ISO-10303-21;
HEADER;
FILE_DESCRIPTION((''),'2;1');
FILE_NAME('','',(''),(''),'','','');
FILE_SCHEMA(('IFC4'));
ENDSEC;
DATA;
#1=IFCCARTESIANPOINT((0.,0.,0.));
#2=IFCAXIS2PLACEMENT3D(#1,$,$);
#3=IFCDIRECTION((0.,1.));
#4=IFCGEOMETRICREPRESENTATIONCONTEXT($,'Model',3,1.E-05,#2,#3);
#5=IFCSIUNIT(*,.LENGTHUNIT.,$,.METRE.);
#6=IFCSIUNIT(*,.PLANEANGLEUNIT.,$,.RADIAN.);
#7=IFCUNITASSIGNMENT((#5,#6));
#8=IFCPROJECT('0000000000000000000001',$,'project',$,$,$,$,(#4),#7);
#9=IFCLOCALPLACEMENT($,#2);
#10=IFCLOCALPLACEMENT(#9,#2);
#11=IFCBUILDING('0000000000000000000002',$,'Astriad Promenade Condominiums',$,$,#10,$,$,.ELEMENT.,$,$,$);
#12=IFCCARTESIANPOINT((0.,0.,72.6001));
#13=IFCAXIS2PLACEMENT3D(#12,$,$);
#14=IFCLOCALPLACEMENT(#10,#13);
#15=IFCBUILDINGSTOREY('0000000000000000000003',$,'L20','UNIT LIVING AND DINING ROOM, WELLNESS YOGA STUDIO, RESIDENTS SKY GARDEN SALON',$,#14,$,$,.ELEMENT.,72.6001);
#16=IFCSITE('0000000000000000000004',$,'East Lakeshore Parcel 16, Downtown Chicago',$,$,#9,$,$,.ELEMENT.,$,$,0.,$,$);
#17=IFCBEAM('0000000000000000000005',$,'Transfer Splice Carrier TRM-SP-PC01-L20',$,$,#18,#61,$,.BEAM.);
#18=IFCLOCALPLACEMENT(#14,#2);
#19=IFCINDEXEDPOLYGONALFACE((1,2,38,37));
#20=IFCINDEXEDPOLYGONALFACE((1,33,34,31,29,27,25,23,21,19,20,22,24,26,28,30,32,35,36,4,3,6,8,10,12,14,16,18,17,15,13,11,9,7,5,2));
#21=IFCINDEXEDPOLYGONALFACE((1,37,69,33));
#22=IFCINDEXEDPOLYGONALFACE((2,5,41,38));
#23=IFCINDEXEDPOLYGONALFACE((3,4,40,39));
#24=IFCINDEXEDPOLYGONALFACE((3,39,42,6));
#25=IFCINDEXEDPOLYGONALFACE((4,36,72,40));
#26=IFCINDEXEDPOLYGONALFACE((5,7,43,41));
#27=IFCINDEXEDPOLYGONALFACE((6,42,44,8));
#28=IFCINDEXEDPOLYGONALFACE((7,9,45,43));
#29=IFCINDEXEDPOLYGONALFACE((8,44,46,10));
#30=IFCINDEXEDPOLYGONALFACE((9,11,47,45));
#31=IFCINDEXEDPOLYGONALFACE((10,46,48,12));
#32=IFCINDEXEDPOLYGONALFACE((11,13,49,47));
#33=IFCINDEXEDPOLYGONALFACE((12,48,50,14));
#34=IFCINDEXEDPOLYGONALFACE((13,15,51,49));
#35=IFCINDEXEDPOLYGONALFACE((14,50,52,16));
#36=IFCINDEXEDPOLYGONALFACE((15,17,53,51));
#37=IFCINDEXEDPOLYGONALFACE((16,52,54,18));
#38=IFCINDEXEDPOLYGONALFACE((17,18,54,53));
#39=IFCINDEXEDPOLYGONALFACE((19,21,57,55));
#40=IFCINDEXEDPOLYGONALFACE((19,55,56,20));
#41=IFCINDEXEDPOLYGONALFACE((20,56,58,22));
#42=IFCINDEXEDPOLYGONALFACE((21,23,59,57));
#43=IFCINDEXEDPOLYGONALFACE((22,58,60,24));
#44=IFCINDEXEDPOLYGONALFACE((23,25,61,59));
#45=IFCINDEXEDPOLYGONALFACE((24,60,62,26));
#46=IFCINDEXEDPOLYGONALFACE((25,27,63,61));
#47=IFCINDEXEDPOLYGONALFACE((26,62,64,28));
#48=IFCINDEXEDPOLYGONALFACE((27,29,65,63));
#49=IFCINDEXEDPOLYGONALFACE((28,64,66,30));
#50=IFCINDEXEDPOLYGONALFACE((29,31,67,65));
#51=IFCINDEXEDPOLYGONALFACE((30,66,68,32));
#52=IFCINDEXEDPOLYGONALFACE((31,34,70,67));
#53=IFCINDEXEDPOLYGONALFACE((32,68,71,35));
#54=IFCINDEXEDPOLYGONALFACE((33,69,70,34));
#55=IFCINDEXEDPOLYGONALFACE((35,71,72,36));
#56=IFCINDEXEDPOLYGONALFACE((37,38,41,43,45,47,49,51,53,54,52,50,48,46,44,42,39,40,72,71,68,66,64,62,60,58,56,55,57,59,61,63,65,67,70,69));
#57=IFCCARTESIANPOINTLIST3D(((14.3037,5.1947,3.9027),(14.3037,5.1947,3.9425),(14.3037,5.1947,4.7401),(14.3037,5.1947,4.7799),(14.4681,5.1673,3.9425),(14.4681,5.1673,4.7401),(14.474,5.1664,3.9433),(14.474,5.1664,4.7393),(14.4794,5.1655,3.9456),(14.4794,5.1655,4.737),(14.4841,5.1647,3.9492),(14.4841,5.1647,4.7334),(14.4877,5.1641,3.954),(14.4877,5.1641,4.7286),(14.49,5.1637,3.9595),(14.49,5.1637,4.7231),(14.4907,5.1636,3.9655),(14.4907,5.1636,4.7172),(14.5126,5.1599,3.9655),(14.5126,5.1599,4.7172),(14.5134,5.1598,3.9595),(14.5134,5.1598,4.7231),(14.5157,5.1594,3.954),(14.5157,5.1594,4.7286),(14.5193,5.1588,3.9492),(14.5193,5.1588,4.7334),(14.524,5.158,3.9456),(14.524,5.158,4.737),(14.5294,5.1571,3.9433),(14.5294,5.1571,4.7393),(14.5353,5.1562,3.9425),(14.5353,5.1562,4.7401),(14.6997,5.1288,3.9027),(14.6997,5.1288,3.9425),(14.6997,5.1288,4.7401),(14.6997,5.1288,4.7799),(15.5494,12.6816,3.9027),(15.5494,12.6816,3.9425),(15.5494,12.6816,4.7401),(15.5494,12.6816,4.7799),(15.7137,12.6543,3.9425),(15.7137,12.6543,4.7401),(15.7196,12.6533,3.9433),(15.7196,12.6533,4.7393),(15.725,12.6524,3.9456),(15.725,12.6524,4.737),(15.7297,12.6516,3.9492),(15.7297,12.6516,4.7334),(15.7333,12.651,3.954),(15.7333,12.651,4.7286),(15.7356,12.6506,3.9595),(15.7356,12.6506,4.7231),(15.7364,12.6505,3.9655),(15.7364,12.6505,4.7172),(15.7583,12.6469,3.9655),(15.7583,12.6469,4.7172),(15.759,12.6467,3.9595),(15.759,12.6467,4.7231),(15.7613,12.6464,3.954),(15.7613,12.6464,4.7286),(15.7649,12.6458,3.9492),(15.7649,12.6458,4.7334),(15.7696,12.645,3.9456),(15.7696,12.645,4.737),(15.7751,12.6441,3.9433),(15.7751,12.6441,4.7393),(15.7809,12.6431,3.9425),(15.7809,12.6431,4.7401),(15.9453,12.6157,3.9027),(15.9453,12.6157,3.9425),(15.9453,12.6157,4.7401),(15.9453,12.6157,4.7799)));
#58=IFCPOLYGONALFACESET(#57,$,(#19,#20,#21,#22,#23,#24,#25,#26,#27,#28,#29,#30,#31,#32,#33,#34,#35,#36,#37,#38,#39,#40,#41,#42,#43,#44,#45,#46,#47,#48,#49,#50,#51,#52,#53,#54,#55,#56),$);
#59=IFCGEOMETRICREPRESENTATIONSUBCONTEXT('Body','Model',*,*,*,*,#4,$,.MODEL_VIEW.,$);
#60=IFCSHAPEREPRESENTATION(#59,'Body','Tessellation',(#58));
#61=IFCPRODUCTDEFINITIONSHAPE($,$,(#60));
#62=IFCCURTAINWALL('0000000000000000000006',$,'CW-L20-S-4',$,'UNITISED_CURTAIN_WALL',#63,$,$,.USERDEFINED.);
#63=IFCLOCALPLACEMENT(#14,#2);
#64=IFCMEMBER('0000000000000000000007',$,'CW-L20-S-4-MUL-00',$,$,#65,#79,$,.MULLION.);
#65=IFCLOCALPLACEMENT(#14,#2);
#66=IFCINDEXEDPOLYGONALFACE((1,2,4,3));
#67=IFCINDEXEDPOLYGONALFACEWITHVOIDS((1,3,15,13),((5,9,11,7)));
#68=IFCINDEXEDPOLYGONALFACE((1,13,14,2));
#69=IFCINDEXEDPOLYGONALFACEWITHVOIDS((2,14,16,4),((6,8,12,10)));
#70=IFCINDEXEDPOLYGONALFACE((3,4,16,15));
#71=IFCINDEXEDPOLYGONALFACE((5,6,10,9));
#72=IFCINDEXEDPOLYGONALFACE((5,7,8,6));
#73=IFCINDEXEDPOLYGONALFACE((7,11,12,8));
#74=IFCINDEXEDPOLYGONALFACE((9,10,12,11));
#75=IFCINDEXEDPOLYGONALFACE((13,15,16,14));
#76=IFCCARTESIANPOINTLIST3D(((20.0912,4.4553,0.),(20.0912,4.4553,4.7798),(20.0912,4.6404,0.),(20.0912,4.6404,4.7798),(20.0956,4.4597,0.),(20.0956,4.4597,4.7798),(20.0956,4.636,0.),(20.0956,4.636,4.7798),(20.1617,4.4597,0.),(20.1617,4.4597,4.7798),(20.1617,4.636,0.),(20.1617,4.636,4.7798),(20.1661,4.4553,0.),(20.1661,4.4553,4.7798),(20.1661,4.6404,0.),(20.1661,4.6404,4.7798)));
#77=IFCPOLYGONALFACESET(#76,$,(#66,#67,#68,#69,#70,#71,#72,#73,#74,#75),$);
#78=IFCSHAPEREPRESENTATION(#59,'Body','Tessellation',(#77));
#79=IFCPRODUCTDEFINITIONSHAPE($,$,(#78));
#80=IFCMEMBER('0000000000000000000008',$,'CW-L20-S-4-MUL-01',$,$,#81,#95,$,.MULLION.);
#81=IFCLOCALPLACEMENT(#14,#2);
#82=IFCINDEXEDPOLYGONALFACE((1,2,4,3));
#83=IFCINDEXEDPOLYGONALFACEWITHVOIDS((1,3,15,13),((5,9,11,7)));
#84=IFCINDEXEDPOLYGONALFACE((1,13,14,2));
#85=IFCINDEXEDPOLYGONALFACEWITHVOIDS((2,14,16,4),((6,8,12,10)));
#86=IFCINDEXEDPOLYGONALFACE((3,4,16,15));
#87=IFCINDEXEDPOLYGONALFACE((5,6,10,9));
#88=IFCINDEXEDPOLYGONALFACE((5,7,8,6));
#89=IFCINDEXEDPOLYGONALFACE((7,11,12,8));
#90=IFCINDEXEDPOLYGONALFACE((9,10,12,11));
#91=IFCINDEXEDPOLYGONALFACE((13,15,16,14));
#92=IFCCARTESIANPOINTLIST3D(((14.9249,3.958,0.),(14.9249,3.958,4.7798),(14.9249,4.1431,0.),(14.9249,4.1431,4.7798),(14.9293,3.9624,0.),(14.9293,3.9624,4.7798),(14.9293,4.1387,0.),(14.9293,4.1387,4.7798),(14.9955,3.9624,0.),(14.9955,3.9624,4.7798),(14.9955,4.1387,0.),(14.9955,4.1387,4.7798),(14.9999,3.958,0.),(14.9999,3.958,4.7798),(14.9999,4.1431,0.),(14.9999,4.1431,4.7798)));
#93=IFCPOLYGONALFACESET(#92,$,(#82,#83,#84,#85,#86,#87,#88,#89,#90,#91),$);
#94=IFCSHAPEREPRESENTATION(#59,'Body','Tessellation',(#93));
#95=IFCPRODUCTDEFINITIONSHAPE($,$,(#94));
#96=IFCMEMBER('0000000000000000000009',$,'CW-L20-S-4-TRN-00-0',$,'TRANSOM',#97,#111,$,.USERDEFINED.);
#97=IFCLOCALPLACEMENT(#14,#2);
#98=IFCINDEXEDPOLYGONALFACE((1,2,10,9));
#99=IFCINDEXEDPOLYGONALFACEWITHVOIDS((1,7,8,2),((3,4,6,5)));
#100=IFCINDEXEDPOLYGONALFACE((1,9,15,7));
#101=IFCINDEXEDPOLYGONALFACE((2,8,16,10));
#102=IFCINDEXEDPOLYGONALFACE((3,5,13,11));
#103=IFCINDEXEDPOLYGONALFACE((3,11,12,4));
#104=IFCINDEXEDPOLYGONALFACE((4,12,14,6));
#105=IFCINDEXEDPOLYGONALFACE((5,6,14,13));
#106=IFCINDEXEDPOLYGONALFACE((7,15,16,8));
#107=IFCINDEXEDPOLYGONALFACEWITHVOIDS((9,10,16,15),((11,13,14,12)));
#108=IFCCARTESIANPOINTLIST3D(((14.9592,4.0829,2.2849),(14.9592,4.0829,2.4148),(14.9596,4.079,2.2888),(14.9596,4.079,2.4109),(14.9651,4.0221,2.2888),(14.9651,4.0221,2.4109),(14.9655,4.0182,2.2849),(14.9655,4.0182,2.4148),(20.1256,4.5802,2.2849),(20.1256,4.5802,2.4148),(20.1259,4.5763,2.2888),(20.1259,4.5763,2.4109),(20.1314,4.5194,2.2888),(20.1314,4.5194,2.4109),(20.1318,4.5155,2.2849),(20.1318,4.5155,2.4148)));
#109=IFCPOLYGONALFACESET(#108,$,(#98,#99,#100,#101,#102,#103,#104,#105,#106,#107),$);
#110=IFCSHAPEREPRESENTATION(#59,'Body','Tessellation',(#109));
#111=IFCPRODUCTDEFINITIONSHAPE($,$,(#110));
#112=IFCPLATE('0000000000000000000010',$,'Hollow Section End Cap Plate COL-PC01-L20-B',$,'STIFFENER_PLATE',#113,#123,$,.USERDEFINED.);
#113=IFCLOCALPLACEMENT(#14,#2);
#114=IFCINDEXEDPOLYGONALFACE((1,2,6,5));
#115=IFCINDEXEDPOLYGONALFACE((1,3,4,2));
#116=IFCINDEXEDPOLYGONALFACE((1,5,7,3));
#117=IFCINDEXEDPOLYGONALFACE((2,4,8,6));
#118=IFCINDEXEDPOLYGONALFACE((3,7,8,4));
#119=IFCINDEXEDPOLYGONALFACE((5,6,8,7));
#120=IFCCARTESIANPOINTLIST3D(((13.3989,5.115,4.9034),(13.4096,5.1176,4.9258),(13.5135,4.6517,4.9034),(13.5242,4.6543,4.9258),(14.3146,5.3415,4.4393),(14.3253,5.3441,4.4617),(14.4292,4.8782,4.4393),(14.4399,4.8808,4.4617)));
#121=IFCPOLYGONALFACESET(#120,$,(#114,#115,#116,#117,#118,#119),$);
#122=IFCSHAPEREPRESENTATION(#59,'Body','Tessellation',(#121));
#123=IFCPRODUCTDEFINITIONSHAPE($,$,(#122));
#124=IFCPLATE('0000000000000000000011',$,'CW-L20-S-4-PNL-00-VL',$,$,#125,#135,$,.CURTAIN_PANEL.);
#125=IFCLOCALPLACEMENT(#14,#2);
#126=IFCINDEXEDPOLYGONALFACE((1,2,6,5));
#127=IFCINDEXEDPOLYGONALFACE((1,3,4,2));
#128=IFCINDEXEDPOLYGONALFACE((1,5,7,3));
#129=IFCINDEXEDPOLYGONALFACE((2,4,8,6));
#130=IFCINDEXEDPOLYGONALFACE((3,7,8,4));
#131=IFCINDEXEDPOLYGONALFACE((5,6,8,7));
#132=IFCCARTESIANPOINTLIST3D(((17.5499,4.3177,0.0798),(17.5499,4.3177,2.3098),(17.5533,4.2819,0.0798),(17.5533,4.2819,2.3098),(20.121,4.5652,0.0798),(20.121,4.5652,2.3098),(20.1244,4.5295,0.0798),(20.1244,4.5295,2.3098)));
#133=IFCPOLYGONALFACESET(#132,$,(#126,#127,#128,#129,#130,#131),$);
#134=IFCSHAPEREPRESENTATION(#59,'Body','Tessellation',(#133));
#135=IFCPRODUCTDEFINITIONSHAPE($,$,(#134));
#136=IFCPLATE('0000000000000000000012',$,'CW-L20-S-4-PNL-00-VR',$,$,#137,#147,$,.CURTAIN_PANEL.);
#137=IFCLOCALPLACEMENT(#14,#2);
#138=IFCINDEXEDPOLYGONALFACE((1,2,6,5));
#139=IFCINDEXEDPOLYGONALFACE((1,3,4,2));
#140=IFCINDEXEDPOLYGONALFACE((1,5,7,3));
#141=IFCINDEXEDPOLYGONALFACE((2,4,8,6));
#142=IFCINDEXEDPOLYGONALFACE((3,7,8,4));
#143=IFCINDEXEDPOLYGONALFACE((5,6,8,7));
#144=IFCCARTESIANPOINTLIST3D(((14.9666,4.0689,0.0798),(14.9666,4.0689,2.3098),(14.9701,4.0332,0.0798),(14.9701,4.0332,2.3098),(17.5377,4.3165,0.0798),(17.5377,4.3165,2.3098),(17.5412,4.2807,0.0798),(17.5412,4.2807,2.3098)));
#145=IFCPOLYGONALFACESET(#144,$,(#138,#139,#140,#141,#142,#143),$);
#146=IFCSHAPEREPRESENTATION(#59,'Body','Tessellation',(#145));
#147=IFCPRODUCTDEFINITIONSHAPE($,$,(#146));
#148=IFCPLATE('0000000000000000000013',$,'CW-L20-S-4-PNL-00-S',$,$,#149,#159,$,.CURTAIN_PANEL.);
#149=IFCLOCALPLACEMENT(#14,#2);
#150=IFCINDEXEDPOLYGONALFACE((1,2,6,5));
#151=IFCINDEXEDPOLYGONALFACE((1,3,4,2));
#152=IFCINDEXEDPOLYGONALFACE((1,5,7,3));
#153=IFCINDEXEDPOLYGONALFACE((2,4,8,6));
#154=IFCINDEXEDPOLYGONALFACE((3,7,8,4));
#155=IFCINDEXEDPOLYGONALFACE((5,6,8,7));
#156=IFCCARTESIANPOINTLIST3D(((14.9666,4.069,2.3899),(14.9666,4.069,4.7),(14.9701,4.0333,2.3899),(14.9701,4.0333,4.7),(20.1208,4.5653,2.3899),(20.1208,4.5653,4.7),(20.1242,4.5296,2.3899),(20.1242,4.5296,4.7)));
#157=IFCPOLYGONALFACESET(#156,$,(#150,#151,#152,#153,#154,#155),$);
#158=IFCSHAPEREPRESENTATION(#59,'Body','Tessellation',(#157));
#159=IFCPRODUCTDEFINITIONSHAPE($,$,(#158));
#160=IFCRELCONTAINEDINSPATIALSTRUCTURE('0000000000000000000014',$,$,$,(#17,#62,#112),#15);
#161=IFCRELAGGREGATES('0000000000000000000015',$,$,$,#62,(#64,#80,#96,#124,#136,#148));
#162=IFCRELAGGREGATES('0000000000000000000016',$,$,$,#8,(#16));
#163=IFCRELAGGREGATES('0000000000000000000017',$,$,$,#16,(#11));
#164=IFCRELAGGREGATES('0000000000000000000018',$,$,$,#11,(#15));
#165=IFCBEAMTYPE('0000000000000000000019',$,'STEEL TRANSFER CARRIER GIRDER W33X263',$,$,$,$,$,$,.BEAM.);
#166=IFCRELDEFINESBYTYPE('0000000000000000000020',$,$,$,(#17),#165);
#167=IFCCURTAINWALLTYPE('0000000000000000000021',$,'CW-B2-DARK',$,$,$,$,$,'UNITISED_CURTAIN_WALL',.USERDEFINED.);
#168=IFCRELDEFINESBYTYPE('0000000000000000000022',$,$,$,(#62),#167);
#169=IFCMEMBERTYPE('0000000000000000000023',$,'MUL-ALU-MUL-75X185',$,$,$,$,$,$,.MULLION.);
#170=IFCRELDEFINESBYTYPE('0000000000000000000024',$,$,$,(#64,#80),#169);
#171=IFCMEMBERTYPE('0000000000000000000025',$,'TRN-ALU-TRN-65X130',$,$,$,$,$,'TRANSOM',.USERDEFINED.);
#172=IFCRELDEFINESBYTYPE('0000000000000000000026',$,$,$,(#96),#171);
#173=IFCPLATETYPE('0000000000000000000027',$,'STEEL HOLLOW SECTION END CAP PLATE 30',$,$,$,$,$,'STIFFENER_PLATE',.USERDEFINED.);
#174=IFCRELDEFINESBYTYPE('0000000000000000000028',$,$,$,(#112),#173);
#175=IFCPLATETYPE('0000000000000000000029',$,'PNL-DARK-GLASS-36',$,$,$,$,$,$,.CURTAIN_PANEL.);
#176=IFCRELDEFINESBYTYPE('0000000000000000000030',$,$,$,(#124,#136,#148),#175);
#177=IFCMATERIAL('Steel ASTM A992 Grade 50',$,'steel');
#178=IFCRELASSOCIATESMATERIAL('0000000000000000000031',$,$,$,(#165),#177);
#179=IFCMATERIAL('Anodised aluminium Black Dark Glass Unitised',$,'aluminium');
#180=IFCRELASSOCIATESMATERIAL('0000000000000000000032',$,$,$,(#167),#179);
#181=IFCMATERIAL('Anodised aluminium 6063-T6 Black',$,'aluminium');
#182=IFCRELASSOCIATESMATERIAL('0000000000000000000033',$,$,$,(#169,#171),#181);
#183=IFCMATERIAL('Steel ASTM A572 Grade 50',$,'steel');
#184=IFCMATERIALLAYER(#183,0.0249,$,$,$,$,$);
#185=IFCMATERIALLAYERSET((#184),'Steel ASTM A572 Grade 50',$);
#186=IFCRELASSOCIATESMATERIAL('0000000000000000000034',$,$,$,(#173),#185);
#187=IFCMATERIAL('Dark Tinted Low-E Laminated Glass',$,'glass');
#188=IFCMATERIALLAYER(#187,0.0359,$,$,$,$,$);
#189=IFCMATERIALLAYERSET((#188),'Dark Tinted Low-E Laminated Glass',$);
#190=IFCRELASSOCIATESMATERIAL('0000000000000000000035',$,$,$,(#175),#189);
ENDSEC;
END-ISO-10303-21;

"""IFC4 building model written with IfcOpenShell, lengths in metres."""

from ifc_helpers import new_model, si_unit, direction, frame, origin, origin_2d, place, context, subcontext, project, spatial, rectangle, hollow_rectangle, i_section, extrude, source, transform, mapped, material, layer, layer_set, material_profile, profile_set, type_object, type_shapes, element, aggregate, save


model = new_model("IFC4")

# Units and contexts
model_context = context("Model", 3, precision=1e-05, world=origin(), true_north=direction((0.0, 1.0)))
body_context = subcontext(model_context, "Body", "Model", "MODEL_VIEW")
ifc_project = project(units=[si_unit("LENGTHUNIT", "METRE"), si_unit("PLANEANGLEUNIT", "RADIAN")], contexts=[model_context])

# Site, building, storey
site_placement = place(None, origin())
site = spatial("IfcSite", under=ifc_project, at=site_placement, Name="East Lakeshore Parcel 16, Downtown Chicago", CompositionType="ELEMENT", RefElevation=0.0)
building_placement = place(site_placement, origin())
building = spatial("IfcBuilding", under=site, at=building_placement, Name="Astriad Promenade Condominiums", CompositionType="ELEMENT")
storey_placement = place(building_placement, frame((0.0, 0.0, 72.6001)))
storey = spatial("IfcBuildingStorey", under=building, at=storey_placement, Name="L20", Description="UNIT LIVING AND DINING ROOM, WELLNESS YOGA STUDIO, RESIDENTS SKY GARDEN SALON", CompositionType="ELEMENT", Elevation=72.6001)

# Shared definitions
ifc_material_1 = material(Name="Steel ASTM A992 Grade 50", Category="steel")

# Beam
ifc_material_profile_1 = material_profile(ifc_material_1, i_section(OverallWidth=0.4014, OverallDepth=0.8772, WebThickness=0.0222, FlangeThickness=0.0398, FilletRadius=0.0229, at=origin_2d()), Name="W33X263")
ifc_profile_set_1 = profile_set([ifc_material_profile_1], Name="Steel ASTM A992 Grade 50")
beam_type_1 = type_object("IfcBeamType", Name="STEEL TRANSFER CARRIER GIRDER W33X263", PredefinedType="BEAM", material=ifc_profile_set_1)
shared_shape_1 = source(origin(), body_context, "Body", "SweptSolid", [
    extrude(i_section(OverallWidth=0.4014, OverallDepth=0.8772, WebThickness=0.0222, FlangeThickness=0.0398, FilletRadius=0.0229, at=origin_2d()), origin(), (0.0, 0.0, 1.0), 7.5898),
])
type_shapes(beam_type_1, [shared_shape_1])
beam_1_placement = place(storey_placement, frame((15.7473, 12.6487, 4.3413), z_axis=(-0.164117, -0.986441, 0.0), x_axis=(0.986441, -0.164117, 0.0)))
element("IfcBeam", 1, at=beam_1_placement, inside=storey, type_object=beam_type_1, Name="Transfer Splice Carrier TRM-SP-PC01-L20", PredefinedType="BEAM", context=body_context, shape_type="MappedRepresentation", body=[
    mapped(shared_shape_1, transform((0.0, 0.0, 0.0), scale=1.0)),
])

# Curtain wall, members
ifc_material_2 = material(Name="Anodised aluminium Black Dark Glass Unitised", Category="aluminium")
curtain_wall_type = type_object("IfcCurtainWallType", Name="CW-B2-DARK", ElementType="UNITISED_CURTAIN_WALL", PredefinedType="USERDEFINED", material=ifc_material_2)
curtain_wall_placement = place(storey_placement, origin())
curtain_wall = element("IfcCurtainWall", 2, at=curtain_wall_placement, inside=storey, type_object=curtain_wall_type, Name="CW-L20-S-4", ObjectType="UNITISED_CURTAIN_WALL", PredefinedType="USERDEFINED")
ifc_material_3 = material(Name="Anodised aluminium 6063-T6 Black", Category="aluminium")
ifc_material_profile_2 = material_profile(ifc_material_3, hollow_rectangle(XDim=0.075, YDim=0.1851, WallThickness=0.0044, at=origin_2d()), Name="ALU-MUL-75X185")
ifc_profile_set_2 = profile_set([ifc_material_profile_2], Name="Anodised aluminium 6063-T6 Black")
member_type_1 = type_object("IfcMemberType", Name="MUL-ALU-MUL-75X185", PredefinedType="MULLION", material=ifc_profile_set_2)
shared_shape_2 = source(origin(), body_context, "Body", "SweptSolid", [
    extrude(hollow_rectangle(XDim=0.075, YDim=0.1851, WallThickness=0.0044, at=origin_2d()), origin(), (0.0, 0.0, 1.0), 4.7798),
])
type_shapes(member_type_1, [shared_shape_2])
member_1_placement = place(storey_placement, frame((20.1287, 4.5479, 0.0), z_axis=(0.0, 0.0, 1.0), x_axis=(1.0, 0.0, 0.0)))
member_1 = element("IfcMember", 3, at=member_1_placement, type_object=member_type_1, Name="CW-L20-S-4-MUL-00", PredefinedType="MULLION", context=body_context, shape_type="MappedRepresentation", body=[
    mapped(shared_shape_2, transform((0.0, 0.0, 0.0), scale=1.0)),
])
member_2_placement = place(storey_placement, frame((14.9624, 4.0505, 0.0), z_axis=(0.0, 0.0, 1.0), x_axis=(1.0, 0.0, 0.0)))
member_2 = element("IfcMember", 4, at=member_2_placement, type_object=member_type_1, Name="CW-L20-S-4-MUL-01", PredefinedType="MULLION", context=body_context, shape_type="MappedRepresentation", body=[
    mapped(shared_shape_2, transform((0.0, 0.0, 0.0), scale=1.0)),
])
ifc_material_profile_3 = material_profile(ifc_material_3, hollow_rectangle(XDim=0.0649, YDim=0.1299, WallThickness=0.0039, at=origin_2d()), Name="ALU-TRN-65X130")
ifc_profile_set_3 = profile_set([ifc_material_profile_3], Name="Anodised aluminium 6063-T6 Black")
member_type_2 = type_object("IfcMemberType", Name="TRN-ALU-TRN-65X130", ElementType="TRANSOM", PredefinedType="USERDEFINED", material=ifc_profile_set_3)
shared_shape_3 = source(origin(), body_context, "Body", "SweptSolid", [
    extrude(hollow_rectangle(XDim=0.0649, YDim=0.1299, WallThickness=0.0039, at=origin_2d()), origin(), (0.0, 0.0, 1.0), 5.1902),
])
type_shapes(member_type_2, [shared_shape_3])
member_3_placement = place(storey_placement, frame((20.1287, 4.5479, 2.3499), z_axis=(-0.995399, -0.095819, 0.0), x_axis=(0.095819, -0.995399, 0.0)))
member_3 = element("IfcMember", 5, at=member_3_placement, type_object=member_type_2, Name="CW-L20-S-4-TRN-00-0", ObjectType="TRANSOM", PredefinedType="USERDEFINED", context=body_context, shape_type="MappedRepresentation", body=[
    mapped(shared_shape_3, transform((0.0, 0.0, 0.0), scale=1.0)),
])

# Plates
ifc_material_4 = material(Name="Steel ASTM A572 Grade 50", Category="steel")
ifc_layer_1 = layer(ifc_material_4, 0.0249)
ifc_layer_set_1 = layer_set([ifc_layer_1], Name="Steel ASTM A572 Grade 50")
plate_type_1 = type_object("IfcPlateType", Name="STEEL HOLLOW SECTION END CAP PLATE 30", ElementType="STIFFENER_PLATE", PredefinedType="USERDEFINED", material=ifc_layer_set_1)
shared_shape_4 = source(origin(), body_context, "Body", "SweptSolid", [
    extrude(rectangle(XDim=0.4773, YDim=1.0513, at=origin_2d()), origin(), (0.0, 0.0, 1.0), 0.0249),
])
type_shapes(plate_type_1, [shared_shape_4])
plate_1_placement = place(storey_placement, frame((13.9141, 4.9966, 4.6714), z_axis=(0.428542, 0.106015, 0.89728), x_axis=(-0.240145, 0.970737, 0.0)))
element("IfcPlate", 6, at=plate_1_placement, inside=storey, type_object=plate_type_1, Name="Hollow Section End Cap Plate COL-PC01-L20-B", ObjectType="STIFFENER_PLATE", PredefinedType="USERDEFINED", context=body_context, shape_type="MappedRepresentation", body=[
    mapped(shared_shape_4, transform((0.0, 0.0, 0.0), scale=1.0)),
])
ifc_material_5 = material(Name="Dark Tinted Low-E Laminated Glass", Category="glass")
ifc_layer_2 = layer(ifc_material_5, 0.0359)
ifc_layer_set_2 = layer_set([ifc_layer_2], Name="Dark Tinted Low-E Laminated Glass")
plate_type_2 = type_object("IfcPlateType", Name="PNL-DARK-GLASS-36", PredefinedType="CURTAIN_PANEL", material=ifc_layer_set_2)
shared_shape_5 = source(origin(), body_context, "Body", "SweptSolid", [
    extrude(rectangle(XDim=2.583, YDim=0.0359, at=origin_2d()), origin(), (0.0, 0.0, 1.0), 2.23),
])
plate_2_placement = place(storey_placement, frame((18.8372, 4.4236, 0.0798), z_axis=(0.0, 0.0, 1.0), x_axis=(-0.995396, -0.095846, 0.0)))
plate_2 = element("IfcPlate", 7, at=plate_2_placement, type_object=plate_type_2, Name="CW-L20-S-4-PNL-00-VL", PredefinedType="CURTAIN_PANEL", context=body_context, shape_type="MappedRepresentation", body=[
    mapped(shared_shape_5, transform((0.0, 0.0, 0.0), scale=1.0)),
])
plate_3_placement = place(storey_placement, frame((16.2539, 4.1748, 0.0798), z_axis=(0.0, 0.0, 1.0), x_axis=(-0.995396, -0.095846, 0.0)))
plate_3 = element("IfcPlate", 8, at=plate_3_placement, type_object=plate_type_2, Name="CW-L20-S-4-PNL-00-VR", PredefinedType="CURTAIN_PANEL", context=body_context, shape_type="MappedRepresentation", body=[
    mapped(shared_shape_5, transform((0.0, 0.0, 0.0), scale=1.0)),
])
shared_shape_6 = source(origin(), body_context, "Body", "SweptSolid", [
    extrude(rectangle(XDim=5.178, YDim=0.0359, at=origin_2d()), origin(), (0.0, 0.0, 1.0), 2.3101),
])
type_shapes(plate_type_2, [shared_shape_5, shared_shape_6])
plate_4_placement = place(storey_placement, frame((17.5454, 4.2993, 2.3899), z_axis=(0.0, 0.0, 1.0), x_axis=(-0.995396, -0.095846, 0.0)))
plate_4 = element("IfcPlate", 9, at=plate_4_placement, type_object=plate_type_2, Name="CW-L20-S-4-PNL-00-S", PredefinedType="CURTAIN_PANEL", context=body_context, shape_type="MappedRepresentation", body=[
    mapped(shared_shape_6, transform((0.0, 0.0, 0.0), scale=1.0)),
])
aggregate(curtain_wall, [member_1, member_2, member_3, plate_2, plate_3, plate_4])

save(model, "model.ifc")
